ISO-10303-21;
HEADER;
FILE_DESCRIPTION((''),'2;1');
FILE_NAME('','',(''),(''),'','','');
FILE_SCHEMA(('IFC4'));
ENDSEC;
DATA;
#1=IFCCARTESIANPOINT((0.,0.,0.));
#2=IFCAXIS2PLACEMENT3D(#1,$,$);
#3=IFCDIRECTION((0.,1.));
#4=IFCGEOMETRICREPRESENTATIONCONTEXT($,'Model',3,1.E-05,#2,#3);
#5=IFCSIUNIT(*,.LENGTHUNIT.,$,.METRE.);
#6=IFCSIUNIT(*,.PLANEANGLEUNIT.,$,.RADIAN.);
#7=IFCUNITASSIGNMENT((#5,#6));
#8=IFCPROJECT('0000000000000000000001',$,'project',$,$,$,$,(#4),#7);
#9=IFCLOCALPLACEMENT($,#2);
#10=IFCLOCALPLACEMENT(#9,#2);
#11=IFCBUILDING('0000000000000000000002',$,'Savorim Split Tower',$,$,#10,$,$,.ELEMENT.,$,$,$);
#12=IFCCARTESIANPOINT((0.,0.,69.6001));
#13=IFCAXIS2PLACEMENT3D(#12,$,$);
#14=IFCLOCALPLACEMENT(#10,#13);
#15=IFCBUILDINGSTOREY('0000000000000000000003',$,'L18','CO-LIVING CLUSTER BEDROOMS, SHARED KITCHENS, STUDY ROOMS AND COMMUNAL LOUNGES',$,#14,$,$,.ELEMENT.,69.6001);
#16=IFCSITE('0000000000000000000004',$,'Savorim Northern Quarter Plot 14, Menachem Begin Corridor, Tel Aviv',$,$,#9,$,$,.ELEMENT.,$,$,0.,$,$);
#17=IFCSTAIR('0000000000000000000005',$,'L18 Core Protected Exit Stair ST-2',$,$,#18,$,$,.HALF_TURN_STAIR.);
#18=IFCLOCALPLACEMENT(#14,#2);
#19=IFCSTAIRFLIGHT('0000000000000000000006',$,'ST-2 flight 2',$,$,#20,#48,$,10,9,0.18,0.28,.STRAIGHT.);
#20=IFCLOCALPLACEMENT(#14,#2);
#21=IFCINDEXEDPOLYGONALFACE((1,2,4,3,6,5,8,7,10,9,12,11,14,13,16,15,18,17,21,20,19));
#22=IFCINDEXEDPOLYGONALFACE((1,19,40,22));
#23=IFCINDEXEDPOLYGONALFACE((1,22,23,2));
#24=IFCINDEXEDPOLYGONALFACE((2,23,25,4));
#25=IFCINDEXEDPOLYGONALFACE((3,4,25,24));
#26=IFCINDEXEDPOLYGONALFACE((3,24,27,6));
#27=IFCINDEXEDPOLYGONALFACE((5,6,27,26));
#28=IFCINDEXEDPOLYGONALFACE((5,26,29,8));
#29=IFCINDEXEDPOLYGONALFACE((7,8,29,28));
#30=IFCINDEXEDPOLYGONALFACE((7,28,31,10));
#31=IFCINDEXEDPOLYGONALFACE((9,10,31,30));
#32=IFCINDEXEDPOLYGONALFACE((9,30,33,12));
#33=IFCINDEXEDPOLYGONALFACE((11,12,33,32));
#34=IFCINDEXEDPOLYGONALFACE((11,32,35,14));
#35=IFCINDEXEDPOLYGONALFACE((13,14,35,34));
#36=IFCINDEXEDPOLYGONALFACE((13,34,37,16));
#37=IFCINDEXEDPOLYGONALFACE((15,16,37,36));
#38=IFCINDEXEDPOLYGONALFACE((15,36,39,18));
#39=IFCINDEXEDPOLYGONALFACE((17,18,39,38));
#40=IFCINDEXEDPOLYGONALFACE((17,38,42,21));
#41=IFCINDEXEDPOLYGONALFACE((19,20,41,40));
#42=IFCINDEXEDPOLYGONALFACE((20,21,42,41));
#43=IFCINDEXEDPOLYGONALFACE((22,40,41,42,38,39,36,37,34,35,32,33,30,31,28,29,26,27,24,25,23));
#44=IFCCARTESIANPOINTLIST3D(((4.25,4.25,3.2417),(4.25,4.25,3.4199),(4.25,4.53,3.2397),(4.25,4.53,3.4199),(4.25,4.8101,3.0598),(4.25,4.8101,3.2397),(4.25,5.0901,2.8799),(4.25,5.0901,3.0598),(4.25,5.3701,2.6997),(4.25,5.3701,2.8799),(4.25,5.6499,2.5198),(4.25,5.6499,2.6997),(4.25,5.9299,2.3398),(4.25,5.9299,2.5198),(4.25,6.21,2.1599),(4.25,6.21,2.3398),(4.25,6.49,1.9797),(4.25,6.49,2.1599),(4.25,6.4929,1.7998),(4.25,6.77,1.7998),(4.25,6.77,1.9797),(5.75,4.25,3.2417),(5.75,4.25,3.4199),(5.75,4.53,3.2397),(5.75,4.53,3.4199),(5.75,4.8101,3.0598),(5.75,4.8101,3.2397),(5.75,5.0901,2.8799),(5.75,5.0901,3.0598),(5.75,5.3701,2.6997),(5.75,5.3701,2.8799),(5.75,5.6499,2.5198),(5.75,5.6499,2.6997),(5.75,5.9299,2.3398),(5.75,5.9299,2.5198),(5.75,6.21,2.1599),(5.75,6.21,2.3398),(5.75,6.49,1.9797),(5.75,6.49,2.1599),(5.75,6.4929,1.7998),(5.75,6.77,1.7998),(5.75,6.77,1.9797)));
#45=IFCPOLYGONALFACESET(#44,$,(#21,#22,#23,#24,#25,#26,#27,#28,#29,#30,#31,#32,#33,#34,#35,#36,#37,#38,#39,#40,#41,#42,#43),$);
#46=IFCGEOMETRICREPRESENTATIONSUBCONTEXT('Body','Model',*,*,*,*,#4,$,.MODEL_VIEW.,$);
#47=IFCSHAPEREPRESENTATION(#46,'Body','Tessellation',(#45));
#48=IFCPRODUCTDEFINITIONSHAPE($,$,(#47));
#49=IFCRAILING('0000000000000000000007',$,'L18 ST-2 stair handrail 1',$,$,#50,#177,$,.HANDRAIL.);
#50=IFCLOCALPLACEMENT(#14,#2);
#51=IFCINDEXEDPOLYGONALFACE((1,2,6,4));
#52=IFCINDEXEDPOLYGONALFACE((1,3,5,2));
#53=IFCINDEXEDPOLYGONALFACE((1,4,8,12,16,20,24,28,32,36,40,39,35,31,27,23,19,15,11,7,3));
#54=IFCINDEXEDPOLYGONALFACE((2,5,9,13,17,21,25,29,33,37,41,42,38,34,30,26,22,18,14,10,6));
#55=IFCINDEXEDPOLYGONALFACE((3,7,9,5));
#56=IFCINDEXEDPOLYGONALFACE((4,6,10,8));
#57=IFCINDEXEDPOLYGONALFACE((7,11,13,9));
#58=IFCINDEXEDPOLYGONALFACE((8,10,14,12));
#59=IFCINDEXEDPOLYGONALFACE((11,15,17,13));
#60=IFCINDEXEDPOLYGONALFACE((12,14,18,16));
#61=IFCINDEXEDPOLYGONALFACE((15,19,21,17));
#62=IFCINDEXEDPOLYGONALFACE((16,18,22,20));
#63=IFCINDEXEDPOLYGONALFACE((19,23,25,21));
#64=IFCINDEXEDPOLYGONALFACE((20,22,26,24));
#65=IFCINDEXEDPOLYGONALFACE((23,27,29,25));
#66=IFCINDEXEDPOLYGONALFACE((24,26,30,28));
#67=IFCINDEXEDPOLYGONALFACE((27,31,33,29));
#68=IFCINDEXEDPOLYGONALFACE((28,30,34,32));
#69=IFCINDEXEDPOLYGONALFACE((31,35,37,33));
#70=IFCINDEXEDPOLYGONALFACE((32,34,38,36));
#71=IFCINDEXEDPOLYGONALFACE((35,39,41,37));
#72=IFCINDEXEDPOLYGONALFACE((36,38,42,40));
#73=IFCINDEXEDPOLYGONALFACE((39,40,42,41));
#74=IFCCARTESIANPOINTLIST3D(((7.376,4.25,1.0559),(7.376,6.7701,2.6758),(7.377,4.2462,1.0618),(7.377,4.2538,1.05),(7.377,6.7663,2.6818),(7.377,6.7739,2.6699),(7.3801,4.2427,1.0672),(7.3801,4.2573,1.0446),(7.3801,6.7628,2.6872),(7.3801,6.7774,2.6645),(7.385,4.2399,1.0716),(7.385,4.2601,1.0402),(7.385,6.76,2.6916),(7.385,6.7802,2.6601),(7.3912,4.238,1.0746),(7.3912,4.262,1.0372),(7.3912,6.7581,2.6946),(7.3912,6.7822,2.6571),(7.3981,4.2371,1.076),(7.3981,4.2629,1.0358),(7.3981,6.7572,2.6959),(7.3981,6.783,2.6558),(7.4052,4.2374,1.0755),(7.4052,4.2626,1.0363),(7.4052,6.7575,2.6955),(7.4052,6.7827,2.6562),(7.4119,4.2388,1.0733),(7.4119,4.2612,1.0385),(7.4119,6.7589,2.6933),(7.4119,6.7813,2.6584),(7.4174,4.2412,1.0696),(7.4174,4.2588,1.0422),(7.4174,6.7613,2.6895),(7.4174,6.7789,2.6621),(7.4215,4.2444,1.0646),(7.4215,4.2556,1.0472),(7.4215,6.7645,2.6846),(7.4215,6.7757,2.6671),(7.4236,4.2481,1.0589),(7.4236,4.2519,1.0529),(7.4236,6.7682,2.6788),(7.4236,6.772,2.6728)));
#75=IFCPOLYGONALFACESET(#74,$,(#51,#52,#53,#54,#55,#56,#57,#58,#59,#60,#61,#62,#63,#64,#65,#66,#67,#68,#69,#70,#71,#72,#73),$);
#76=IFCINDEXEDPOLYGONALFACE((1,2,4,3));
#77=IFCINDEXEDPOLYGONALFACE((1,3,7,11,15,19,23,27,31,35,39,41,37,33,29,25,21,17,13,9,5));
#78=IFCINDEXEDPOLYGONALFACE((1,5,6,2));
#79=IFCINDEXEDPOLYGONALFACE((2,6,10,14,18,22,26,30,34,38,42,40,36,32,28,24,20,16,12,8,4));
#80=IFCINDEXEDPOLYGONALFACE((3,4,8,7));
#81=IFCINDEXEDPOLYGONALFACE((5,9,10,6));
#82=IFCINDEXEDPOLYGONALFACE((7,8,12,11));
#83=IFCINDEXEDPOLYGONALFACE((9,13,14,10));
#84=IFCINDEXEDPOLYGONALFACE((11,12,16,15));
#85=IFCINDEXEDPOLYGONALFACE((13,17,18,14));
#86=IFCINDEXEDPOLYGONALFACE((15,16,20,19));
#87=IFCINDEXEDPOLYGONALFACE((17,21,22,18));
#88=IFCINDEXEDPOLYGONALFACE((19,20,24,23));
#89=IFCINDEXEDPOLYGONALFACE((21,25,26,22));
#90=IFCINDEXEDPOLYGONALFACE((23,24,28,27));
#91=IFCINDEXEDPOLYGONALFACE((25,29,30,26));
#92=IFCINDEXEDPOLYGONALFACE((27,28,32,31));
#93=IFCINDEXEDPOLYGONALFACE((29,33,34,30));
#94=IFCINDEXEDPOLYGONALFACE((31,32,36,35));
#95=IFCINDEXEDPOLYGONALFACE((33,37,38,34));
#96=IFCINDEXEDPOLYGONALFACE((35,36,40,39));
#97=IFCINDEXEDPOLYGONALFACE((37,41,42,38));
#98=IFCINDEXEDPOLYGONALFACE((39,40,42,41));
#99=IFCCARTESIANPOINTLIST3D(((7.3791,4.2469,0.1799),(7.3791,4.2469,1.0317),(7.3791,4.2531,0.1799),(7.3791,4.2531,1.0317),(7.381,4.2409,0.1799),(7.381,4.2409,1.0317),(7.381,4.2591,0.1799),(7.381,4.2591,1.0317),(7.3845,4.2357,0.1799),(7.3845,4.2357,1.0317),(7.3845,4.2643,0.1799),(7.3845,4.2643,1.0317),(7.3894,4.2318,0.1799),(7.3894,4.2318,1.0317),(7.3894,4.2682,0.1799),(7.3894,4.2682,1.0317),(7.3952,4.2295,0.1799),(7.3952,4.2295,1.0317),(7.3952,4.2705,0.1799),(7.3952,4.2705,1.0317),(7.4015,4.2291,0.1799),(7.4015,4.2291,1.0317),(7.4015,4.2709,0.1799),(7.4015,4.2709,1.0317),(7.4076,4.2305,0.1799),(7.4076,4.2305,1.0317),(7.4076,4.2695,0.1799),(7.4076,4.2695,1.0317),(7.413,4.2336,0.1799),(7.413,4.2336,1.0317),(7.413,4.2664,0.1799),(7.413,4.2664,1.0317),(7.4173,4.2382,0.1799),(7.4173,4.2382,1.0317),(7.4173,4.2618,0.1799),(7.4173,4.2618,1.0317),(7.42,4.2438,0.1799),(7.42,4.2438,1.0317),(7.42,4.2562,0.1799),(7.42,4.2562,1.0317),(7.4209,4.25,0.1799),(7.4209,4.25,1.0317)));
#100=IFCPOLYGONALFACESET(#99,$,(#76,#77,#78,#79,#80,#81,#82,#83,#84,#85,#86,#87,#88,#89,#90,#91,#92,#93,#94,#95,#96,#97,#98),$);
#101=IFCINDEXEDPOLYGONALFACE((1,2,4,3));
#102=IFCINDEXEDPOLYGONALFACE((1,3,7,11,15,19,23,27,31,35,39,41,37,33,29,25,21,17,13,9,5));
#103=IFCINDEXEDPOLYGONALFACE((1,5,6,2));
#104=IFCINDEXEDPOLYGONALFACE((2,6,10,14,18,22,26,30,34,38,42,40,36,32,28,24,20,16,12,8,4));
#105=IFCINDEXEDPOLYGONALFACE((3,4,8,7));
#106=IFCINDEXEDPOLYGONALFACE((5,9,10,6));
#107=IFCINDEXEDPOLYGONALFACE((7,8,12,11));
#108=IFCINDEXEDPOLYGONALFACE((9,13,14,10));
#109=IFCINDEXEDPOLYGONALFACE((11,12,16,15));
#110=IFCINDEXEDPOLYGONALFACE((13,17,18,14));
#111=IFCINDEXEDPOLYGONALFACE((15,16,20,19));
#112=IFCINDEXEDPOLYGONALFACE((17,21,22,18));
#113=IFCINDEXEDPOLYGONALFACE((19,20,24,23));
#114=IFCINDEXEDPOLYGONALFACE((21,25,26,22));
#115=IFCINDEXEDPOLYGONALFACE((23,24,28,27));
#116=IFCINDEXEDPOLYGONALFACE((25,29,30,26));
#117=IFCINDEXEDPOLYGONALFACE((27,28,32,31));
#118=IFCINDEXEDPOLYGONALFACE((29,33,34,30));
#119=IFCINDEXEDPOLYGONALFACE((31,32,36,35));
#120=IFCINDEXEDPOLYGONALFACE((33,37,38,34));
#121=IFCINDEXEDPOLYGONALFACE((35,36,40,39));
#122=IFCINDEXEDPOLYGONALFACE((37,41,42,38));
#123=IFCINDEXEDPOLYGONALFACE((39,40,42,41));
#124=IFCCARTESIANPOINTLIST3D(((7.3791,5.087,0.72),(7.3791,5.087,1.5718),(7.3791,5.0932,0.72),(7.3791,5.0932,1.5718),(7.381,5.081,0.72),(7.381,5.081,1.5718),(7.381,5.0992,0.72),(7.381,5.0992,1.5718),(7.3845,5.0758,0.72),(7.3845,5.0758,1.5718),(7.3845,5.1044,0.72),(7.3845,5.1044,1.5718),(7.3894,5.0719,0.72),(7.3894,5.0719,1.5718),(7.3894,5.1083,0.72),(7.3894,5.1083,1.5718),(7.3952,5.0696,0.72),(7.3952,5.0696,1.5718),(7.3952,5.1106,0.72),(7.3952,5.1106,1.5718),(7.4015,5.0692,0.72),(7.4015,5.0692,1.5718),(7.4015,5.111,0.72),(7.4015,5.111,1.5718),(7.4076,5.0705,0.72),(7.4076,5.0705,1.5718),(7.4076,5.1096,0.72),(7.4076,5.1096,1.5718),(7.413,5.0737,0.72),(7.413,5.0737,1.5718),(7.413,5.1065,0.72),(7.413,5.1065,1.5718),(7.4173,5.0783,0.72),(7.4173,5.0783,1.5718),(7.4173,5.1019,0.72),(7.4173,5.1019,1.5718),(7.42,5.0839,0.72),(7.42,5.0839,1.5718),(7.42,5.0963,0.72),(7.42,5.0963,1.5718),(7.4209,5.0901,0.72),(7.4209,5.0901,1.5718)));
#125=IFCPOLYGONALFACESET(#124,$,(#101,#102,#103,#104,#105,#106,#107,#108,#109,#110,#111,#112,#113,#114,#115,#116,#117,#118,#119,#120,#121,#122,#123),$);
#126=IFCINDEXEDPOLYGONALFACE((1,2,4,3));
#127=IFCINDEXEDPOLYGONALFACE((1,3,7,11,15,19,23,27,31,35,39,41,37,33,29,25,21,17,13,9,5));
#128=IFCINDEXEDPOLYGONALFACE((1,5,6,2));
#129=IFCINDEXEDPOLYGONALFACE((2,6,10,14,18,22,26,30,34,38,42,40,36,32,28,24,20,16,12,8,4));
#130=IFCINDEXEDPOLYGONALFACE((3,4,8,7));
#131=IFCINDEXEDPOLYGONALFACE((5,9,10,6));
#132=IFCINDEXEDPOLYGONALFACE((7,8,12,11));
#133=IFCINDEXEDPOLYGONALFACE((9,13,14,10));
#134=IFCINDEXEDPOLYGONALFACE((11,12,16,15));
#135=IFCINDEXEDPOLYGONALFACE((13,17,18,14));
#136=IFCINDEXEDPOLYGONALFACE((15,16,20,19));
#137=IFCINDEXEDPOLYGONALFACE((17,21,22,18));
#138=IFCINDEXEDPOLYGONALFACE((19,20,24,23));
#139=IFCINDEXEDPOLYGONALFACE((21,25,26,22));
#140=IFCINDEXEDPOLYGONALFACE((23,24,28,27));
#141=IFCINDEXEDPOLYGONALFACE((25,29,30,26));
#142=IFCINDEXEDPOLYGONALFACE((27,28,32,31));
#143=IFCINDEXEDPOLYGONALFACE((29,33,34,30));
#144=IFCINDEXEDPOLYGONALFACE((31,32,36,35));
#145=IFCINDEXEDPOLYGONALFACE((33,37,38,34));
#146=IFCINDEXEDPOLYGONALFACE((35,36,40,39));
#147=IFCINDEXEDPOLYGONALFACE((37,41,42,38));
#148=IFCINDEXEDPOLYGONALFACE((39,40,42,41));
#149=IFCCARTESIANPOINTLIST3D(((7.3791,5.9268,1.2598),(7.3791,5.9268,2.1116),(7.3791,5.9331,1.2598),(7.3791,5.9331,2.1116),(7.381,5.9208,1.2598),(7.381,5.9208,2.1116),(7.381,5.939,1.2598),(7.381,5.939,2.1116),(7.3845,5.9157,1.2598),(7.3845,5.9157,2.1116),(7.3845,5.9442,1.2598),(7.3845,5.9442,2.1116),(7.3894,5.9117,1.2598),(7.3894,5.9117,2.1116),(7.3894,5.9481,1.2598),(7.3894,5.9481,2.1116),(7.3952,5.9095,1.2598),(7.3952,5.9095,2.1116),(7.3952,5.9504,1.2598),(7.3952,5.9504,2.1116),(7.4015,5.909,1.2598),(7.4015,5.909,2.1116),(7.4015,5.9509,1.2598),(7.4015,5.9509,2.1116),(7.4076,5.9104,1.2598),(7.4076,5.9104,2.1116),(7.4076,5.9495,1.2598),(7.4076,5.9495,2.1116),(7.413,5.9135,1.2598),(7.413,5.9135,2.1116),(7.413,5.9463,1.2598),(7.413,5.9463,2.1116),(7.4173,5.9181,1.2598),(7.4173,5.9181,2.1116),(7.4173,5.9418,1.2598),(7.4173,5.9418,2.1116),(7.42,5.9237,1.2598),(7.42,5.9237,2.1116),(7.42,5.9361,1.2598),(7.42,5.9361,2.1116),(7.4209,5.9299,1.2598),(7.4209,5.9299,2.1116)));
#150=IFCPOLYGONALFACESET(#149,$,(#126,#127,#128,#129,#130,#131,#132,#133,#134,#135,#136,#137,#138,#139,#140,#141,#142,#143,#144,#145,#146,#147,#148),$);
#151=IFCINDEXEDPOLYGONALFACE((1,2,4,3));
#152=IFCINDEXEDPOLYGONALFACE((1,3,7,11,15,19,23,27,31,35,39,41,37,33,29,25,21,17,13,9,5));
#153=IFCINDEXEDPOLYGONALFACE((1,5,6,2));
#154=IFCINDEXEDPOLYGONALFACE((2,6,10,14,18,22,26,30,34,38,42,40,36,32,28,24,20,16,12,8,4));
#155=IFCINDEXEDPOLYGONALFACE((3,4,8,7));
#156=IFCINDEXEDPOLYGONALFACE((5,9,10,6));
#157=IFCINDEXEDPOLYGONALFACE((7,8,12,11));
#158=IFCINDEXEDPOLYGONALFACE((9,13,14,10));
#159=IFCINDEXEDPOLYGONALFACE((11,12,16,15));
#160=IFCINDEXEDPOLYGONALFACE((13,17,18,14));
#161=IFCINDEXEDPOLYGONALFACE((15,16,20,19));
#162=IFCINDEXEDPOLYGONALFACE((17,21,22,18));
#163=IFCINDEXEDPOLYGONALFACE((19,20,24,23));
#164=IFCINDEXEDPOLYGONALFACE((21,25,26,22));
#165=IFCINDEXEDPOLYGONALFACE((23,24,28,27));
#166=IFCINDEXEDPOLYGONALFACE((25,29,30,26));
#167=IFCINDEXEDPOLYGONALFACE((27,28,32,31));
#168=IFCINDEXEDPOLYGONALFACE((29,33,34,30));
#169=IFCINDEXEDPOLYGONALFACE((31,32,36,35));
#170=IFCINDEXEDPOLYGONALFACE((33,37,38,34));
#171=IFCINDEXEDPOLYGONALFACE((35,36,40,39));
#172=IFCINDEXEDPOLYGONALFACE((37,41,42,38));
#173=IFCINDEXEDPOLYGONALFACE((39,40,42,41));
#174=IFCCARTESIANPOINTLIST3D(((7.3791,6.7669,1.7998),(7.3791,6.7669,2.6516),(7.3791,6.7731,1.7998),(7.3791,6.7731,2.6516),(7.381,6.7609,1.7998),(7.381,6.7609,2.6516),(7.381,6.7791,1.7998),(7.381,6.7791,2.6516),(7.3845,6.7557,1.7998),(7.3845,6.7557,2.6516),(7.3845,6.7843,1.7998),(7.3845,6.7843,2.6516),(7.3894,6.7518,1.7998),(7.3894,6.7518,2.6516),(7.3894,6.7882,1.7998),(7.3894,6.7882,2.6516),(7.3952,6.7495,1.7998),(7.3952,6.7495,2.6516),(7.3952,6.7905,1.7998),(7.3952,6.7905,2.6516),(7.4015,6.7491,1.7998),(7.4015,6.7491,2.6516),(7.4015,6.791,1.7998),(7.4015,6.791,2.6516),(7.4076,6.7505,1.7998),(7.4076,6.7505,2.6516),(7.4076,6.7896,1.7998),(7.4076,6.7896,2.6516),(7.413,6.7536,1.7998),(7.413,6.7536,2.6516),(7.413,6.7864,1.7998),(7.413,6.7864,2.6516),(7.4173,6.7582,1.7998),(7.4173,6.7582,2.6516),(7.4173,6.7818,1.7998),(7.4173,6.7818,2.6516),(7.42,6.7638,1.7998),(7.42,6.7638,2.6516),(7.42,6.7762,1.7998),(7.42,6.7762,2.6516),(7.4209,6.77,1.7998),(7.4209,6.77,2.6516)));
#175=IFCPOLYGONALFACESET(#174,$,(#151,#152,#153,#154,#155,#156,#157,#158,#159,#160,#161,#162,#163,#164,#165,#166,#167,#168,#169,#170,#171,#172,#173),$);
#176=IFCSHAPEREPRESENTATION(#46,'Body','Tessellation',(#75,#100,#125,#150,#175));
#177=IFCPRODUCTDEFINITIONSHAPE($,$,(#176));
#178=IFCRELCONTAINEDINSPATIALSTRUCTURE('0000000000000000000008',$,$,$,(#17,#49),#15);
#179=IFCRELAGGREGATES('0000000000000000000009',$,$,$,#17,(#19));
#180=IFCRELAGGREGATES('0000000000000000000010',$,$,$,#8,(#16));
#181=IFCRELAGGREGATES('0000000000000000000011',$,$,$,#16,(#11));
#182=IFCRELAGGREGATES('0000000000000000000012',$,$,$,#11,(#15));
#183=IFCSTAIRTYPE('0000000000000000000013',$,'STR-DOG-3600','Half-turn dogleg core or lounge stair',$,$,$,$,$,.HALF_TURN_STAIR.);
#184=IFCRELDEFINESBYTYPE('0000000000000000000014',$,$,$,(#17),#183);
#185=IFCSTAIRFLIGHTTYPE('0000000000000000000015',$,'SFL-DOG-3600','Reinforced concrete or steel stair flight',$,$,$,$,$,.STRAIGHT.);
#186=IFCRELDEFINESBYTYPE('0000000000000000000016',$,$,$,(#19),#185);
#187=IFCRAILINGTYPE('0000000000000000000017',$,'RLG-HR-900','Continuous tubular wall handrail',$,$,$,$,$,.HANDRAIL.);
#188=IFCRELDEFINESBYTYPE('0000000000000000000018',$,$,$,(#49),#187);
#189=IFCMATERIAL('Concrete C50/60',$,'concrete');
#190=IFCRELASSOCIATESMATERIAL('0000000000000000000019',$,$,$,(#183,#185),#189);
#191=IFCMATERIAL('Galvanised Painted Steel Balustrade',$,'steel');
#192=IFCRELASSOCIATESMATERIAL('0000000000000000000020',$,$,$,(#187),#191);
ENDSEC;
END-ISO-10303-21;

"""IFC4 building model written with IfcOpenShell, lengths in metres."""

from ifc_helpers import new_model, si_unit, direction, frame, origin, origin_2d, place, context, subcontext, project, spatial, polyline, circle, outline, extrude, material, type_object, element, aggregate, save


model = new_model("IFC4")

# Units and contexts
model_context = context("Model", 3, precision=1e-05, world=origin(), true_north=direction((0.0, 1.0)))
body_context = subcontext(model_context, "Body", "Model", "MODEL_VIEW")
ifc_project = project(units=[si_unit("LENGTHUNIT", "METRE"), si_unit("PLANEANGLEUNIT", "RADIAN")], contexts=[model_context])

# Site, building, storey
site_placement = place(None, origin())
site = spatial("IfcSite", under=ifc_project, at=site_placement, Name="Savorim Northern Quarter Plot 14, Menachem Begin Corridor, Tel Aviv", CompositionType="ELEMENT", RefElevation=0.0)
building_placement = place(site_placement, origin())
building = spatial("IfcBuilding", under=site, at=building_placement, Name="Savorim Split Tower", CompositionType="ELEMENT")
storey_placement = place(building_placement, frame((0.0, 0.0, 69.6001)))
storey = spatial("IfcBuildingStorey", under=building, at=storey_placement, Name="L18", Description="CO-LIVING CLUSTER BEDROOMS, SHARED KITCHENS, STUDY ROOMS AND COMMUNAL LOUNGES", CompositionType="ELEMENT", Elevation=69.6001)

# Shared definitions
ifc_material_1 = material(Name="Concrete C50/60", Category="concrete")

# Stair, stair flight
stair_type = type_object("IfcStairType", Name="STR-DOG-3600", Description="Half-turn dogleg core or lounge stair", PredefinedType="HALF_TURN_STAIR", material=ifc_material_1)
stair_placement = place(storey_placement, origin())
stair = element("IfcStair", 1, at=stair_placement, inside=storey, type_object=stair_type, Name="L18 Core Protected Exit Stair ST-2", PredefinedType="HALF_TURN_STAIR")
stair_flight_type = type_object("IfcStairFlightType", Name="SFL-DOG-3600", Description="Reinforced concrete or steel stair flight", PredefinedType="STRAIGHT", material=ifc_material_1)
stair_flight_1_placement = place(storey_placement, frame((5.0, 6.77, 1.7998), z_axis=(0.0, 0.0, 1.0), x_axis=(0.0, -1.0, 0.0)))
stair_flight_1 = element("IfcStairFlight", 2, at=stair_flight_1_placement, type_object=stair_flight_type, Name="ST-2 flight 2", NumberOfRisers=10, NumberOfTreads=9, PredefinedType="STRAIGHT", RiserHeight=0.18, TreadLength=0.28, context=body_context, shape_type="SweptSolid", body=[
    extrude(outline(polyline([(0.0, 0.0), (0.0, 0.1799), (0.28, 0.1799), (0.28, 0.3601), (0.5601, 0.3601), (0.5601, 0.54), (0.8401, 0.54), (0.8401, 0.72), (1.1201, 0.72), (1.1201, 0.8999), (1.3999, 0.8999), (1.3999, 1.0801), (1.6799, 1.0801), (1.6799, 1.26), (1.96, 1.26), (1.96, 1.4399), (2.24, 1.4399), (2.24, 1.6201), (2.52, 1.6201), (2.52, 1.8), (2.52, 1.4419), (0.2771, 0.0), (0.0, 0.0)])), frame((0.0, 0.75, 0.0), z_axis=(0.0, -1.0, 0.0), x_axis=(1.0, 0.0, 0.0)), (0.0, 0.0, 1.0), 1.5),
])
aggregate(stair, [stair_flight_1])

# Railing
ifc_material_2 = material(Name="Galvanised Painted Steel Balustrade", Category="steel")
railing_type_1 = type_object("IfcRailingType", Name="RLG-HR-900", Description="Continuous tubular wall handrail", PredefinedType="HANDRAIL", material=ifc_material_2)
railing_1_placement = place(storey_placement, frame((7.3999, 4.25, 0.1799)))
element("IfcRailing", 3, at=railing_1_placement, inside=storey, type_object=railing_type_1, Name="L18 ST-2 stair handrail 1", PredefinedType="HANDRAIL", context=body_context, shape_type="SweptSolid", body=[
    extrude(circle(Radius=0.0239, at=origin_2d()), frame((0.0, 0.0, 0.876), z_axis=(0.0, 0.8412, 0.540725), x_axis=(-1.0, 0.0, 0.0)), (0.0, 0.0, 1.0), 2.9958),
    extrude(circle(Radius=0.021, at=origin_2d()), origin(), (0.0, 0.0, 1.0), 0.8518),
    extrude(circle(Radius=0.021, at=origin_2d()), frame((0.0, 0.8401, 0.54)), (0.0, 0.0, 1.0), 0.8518),
    extrude(circle(Radius=0.021, at=origin_2d()), frame((0.0, 1.6799, 1.0798)), (0.0, 0.0, 1.0), 0.8518),
    extrude(circle(Radius=0.021, at=origin_2d()), frame((0.0, 2.52, 1.6199)), (0.0, 0.0, 1.0), 0.8518),
])

save(model, "model.ifc")
